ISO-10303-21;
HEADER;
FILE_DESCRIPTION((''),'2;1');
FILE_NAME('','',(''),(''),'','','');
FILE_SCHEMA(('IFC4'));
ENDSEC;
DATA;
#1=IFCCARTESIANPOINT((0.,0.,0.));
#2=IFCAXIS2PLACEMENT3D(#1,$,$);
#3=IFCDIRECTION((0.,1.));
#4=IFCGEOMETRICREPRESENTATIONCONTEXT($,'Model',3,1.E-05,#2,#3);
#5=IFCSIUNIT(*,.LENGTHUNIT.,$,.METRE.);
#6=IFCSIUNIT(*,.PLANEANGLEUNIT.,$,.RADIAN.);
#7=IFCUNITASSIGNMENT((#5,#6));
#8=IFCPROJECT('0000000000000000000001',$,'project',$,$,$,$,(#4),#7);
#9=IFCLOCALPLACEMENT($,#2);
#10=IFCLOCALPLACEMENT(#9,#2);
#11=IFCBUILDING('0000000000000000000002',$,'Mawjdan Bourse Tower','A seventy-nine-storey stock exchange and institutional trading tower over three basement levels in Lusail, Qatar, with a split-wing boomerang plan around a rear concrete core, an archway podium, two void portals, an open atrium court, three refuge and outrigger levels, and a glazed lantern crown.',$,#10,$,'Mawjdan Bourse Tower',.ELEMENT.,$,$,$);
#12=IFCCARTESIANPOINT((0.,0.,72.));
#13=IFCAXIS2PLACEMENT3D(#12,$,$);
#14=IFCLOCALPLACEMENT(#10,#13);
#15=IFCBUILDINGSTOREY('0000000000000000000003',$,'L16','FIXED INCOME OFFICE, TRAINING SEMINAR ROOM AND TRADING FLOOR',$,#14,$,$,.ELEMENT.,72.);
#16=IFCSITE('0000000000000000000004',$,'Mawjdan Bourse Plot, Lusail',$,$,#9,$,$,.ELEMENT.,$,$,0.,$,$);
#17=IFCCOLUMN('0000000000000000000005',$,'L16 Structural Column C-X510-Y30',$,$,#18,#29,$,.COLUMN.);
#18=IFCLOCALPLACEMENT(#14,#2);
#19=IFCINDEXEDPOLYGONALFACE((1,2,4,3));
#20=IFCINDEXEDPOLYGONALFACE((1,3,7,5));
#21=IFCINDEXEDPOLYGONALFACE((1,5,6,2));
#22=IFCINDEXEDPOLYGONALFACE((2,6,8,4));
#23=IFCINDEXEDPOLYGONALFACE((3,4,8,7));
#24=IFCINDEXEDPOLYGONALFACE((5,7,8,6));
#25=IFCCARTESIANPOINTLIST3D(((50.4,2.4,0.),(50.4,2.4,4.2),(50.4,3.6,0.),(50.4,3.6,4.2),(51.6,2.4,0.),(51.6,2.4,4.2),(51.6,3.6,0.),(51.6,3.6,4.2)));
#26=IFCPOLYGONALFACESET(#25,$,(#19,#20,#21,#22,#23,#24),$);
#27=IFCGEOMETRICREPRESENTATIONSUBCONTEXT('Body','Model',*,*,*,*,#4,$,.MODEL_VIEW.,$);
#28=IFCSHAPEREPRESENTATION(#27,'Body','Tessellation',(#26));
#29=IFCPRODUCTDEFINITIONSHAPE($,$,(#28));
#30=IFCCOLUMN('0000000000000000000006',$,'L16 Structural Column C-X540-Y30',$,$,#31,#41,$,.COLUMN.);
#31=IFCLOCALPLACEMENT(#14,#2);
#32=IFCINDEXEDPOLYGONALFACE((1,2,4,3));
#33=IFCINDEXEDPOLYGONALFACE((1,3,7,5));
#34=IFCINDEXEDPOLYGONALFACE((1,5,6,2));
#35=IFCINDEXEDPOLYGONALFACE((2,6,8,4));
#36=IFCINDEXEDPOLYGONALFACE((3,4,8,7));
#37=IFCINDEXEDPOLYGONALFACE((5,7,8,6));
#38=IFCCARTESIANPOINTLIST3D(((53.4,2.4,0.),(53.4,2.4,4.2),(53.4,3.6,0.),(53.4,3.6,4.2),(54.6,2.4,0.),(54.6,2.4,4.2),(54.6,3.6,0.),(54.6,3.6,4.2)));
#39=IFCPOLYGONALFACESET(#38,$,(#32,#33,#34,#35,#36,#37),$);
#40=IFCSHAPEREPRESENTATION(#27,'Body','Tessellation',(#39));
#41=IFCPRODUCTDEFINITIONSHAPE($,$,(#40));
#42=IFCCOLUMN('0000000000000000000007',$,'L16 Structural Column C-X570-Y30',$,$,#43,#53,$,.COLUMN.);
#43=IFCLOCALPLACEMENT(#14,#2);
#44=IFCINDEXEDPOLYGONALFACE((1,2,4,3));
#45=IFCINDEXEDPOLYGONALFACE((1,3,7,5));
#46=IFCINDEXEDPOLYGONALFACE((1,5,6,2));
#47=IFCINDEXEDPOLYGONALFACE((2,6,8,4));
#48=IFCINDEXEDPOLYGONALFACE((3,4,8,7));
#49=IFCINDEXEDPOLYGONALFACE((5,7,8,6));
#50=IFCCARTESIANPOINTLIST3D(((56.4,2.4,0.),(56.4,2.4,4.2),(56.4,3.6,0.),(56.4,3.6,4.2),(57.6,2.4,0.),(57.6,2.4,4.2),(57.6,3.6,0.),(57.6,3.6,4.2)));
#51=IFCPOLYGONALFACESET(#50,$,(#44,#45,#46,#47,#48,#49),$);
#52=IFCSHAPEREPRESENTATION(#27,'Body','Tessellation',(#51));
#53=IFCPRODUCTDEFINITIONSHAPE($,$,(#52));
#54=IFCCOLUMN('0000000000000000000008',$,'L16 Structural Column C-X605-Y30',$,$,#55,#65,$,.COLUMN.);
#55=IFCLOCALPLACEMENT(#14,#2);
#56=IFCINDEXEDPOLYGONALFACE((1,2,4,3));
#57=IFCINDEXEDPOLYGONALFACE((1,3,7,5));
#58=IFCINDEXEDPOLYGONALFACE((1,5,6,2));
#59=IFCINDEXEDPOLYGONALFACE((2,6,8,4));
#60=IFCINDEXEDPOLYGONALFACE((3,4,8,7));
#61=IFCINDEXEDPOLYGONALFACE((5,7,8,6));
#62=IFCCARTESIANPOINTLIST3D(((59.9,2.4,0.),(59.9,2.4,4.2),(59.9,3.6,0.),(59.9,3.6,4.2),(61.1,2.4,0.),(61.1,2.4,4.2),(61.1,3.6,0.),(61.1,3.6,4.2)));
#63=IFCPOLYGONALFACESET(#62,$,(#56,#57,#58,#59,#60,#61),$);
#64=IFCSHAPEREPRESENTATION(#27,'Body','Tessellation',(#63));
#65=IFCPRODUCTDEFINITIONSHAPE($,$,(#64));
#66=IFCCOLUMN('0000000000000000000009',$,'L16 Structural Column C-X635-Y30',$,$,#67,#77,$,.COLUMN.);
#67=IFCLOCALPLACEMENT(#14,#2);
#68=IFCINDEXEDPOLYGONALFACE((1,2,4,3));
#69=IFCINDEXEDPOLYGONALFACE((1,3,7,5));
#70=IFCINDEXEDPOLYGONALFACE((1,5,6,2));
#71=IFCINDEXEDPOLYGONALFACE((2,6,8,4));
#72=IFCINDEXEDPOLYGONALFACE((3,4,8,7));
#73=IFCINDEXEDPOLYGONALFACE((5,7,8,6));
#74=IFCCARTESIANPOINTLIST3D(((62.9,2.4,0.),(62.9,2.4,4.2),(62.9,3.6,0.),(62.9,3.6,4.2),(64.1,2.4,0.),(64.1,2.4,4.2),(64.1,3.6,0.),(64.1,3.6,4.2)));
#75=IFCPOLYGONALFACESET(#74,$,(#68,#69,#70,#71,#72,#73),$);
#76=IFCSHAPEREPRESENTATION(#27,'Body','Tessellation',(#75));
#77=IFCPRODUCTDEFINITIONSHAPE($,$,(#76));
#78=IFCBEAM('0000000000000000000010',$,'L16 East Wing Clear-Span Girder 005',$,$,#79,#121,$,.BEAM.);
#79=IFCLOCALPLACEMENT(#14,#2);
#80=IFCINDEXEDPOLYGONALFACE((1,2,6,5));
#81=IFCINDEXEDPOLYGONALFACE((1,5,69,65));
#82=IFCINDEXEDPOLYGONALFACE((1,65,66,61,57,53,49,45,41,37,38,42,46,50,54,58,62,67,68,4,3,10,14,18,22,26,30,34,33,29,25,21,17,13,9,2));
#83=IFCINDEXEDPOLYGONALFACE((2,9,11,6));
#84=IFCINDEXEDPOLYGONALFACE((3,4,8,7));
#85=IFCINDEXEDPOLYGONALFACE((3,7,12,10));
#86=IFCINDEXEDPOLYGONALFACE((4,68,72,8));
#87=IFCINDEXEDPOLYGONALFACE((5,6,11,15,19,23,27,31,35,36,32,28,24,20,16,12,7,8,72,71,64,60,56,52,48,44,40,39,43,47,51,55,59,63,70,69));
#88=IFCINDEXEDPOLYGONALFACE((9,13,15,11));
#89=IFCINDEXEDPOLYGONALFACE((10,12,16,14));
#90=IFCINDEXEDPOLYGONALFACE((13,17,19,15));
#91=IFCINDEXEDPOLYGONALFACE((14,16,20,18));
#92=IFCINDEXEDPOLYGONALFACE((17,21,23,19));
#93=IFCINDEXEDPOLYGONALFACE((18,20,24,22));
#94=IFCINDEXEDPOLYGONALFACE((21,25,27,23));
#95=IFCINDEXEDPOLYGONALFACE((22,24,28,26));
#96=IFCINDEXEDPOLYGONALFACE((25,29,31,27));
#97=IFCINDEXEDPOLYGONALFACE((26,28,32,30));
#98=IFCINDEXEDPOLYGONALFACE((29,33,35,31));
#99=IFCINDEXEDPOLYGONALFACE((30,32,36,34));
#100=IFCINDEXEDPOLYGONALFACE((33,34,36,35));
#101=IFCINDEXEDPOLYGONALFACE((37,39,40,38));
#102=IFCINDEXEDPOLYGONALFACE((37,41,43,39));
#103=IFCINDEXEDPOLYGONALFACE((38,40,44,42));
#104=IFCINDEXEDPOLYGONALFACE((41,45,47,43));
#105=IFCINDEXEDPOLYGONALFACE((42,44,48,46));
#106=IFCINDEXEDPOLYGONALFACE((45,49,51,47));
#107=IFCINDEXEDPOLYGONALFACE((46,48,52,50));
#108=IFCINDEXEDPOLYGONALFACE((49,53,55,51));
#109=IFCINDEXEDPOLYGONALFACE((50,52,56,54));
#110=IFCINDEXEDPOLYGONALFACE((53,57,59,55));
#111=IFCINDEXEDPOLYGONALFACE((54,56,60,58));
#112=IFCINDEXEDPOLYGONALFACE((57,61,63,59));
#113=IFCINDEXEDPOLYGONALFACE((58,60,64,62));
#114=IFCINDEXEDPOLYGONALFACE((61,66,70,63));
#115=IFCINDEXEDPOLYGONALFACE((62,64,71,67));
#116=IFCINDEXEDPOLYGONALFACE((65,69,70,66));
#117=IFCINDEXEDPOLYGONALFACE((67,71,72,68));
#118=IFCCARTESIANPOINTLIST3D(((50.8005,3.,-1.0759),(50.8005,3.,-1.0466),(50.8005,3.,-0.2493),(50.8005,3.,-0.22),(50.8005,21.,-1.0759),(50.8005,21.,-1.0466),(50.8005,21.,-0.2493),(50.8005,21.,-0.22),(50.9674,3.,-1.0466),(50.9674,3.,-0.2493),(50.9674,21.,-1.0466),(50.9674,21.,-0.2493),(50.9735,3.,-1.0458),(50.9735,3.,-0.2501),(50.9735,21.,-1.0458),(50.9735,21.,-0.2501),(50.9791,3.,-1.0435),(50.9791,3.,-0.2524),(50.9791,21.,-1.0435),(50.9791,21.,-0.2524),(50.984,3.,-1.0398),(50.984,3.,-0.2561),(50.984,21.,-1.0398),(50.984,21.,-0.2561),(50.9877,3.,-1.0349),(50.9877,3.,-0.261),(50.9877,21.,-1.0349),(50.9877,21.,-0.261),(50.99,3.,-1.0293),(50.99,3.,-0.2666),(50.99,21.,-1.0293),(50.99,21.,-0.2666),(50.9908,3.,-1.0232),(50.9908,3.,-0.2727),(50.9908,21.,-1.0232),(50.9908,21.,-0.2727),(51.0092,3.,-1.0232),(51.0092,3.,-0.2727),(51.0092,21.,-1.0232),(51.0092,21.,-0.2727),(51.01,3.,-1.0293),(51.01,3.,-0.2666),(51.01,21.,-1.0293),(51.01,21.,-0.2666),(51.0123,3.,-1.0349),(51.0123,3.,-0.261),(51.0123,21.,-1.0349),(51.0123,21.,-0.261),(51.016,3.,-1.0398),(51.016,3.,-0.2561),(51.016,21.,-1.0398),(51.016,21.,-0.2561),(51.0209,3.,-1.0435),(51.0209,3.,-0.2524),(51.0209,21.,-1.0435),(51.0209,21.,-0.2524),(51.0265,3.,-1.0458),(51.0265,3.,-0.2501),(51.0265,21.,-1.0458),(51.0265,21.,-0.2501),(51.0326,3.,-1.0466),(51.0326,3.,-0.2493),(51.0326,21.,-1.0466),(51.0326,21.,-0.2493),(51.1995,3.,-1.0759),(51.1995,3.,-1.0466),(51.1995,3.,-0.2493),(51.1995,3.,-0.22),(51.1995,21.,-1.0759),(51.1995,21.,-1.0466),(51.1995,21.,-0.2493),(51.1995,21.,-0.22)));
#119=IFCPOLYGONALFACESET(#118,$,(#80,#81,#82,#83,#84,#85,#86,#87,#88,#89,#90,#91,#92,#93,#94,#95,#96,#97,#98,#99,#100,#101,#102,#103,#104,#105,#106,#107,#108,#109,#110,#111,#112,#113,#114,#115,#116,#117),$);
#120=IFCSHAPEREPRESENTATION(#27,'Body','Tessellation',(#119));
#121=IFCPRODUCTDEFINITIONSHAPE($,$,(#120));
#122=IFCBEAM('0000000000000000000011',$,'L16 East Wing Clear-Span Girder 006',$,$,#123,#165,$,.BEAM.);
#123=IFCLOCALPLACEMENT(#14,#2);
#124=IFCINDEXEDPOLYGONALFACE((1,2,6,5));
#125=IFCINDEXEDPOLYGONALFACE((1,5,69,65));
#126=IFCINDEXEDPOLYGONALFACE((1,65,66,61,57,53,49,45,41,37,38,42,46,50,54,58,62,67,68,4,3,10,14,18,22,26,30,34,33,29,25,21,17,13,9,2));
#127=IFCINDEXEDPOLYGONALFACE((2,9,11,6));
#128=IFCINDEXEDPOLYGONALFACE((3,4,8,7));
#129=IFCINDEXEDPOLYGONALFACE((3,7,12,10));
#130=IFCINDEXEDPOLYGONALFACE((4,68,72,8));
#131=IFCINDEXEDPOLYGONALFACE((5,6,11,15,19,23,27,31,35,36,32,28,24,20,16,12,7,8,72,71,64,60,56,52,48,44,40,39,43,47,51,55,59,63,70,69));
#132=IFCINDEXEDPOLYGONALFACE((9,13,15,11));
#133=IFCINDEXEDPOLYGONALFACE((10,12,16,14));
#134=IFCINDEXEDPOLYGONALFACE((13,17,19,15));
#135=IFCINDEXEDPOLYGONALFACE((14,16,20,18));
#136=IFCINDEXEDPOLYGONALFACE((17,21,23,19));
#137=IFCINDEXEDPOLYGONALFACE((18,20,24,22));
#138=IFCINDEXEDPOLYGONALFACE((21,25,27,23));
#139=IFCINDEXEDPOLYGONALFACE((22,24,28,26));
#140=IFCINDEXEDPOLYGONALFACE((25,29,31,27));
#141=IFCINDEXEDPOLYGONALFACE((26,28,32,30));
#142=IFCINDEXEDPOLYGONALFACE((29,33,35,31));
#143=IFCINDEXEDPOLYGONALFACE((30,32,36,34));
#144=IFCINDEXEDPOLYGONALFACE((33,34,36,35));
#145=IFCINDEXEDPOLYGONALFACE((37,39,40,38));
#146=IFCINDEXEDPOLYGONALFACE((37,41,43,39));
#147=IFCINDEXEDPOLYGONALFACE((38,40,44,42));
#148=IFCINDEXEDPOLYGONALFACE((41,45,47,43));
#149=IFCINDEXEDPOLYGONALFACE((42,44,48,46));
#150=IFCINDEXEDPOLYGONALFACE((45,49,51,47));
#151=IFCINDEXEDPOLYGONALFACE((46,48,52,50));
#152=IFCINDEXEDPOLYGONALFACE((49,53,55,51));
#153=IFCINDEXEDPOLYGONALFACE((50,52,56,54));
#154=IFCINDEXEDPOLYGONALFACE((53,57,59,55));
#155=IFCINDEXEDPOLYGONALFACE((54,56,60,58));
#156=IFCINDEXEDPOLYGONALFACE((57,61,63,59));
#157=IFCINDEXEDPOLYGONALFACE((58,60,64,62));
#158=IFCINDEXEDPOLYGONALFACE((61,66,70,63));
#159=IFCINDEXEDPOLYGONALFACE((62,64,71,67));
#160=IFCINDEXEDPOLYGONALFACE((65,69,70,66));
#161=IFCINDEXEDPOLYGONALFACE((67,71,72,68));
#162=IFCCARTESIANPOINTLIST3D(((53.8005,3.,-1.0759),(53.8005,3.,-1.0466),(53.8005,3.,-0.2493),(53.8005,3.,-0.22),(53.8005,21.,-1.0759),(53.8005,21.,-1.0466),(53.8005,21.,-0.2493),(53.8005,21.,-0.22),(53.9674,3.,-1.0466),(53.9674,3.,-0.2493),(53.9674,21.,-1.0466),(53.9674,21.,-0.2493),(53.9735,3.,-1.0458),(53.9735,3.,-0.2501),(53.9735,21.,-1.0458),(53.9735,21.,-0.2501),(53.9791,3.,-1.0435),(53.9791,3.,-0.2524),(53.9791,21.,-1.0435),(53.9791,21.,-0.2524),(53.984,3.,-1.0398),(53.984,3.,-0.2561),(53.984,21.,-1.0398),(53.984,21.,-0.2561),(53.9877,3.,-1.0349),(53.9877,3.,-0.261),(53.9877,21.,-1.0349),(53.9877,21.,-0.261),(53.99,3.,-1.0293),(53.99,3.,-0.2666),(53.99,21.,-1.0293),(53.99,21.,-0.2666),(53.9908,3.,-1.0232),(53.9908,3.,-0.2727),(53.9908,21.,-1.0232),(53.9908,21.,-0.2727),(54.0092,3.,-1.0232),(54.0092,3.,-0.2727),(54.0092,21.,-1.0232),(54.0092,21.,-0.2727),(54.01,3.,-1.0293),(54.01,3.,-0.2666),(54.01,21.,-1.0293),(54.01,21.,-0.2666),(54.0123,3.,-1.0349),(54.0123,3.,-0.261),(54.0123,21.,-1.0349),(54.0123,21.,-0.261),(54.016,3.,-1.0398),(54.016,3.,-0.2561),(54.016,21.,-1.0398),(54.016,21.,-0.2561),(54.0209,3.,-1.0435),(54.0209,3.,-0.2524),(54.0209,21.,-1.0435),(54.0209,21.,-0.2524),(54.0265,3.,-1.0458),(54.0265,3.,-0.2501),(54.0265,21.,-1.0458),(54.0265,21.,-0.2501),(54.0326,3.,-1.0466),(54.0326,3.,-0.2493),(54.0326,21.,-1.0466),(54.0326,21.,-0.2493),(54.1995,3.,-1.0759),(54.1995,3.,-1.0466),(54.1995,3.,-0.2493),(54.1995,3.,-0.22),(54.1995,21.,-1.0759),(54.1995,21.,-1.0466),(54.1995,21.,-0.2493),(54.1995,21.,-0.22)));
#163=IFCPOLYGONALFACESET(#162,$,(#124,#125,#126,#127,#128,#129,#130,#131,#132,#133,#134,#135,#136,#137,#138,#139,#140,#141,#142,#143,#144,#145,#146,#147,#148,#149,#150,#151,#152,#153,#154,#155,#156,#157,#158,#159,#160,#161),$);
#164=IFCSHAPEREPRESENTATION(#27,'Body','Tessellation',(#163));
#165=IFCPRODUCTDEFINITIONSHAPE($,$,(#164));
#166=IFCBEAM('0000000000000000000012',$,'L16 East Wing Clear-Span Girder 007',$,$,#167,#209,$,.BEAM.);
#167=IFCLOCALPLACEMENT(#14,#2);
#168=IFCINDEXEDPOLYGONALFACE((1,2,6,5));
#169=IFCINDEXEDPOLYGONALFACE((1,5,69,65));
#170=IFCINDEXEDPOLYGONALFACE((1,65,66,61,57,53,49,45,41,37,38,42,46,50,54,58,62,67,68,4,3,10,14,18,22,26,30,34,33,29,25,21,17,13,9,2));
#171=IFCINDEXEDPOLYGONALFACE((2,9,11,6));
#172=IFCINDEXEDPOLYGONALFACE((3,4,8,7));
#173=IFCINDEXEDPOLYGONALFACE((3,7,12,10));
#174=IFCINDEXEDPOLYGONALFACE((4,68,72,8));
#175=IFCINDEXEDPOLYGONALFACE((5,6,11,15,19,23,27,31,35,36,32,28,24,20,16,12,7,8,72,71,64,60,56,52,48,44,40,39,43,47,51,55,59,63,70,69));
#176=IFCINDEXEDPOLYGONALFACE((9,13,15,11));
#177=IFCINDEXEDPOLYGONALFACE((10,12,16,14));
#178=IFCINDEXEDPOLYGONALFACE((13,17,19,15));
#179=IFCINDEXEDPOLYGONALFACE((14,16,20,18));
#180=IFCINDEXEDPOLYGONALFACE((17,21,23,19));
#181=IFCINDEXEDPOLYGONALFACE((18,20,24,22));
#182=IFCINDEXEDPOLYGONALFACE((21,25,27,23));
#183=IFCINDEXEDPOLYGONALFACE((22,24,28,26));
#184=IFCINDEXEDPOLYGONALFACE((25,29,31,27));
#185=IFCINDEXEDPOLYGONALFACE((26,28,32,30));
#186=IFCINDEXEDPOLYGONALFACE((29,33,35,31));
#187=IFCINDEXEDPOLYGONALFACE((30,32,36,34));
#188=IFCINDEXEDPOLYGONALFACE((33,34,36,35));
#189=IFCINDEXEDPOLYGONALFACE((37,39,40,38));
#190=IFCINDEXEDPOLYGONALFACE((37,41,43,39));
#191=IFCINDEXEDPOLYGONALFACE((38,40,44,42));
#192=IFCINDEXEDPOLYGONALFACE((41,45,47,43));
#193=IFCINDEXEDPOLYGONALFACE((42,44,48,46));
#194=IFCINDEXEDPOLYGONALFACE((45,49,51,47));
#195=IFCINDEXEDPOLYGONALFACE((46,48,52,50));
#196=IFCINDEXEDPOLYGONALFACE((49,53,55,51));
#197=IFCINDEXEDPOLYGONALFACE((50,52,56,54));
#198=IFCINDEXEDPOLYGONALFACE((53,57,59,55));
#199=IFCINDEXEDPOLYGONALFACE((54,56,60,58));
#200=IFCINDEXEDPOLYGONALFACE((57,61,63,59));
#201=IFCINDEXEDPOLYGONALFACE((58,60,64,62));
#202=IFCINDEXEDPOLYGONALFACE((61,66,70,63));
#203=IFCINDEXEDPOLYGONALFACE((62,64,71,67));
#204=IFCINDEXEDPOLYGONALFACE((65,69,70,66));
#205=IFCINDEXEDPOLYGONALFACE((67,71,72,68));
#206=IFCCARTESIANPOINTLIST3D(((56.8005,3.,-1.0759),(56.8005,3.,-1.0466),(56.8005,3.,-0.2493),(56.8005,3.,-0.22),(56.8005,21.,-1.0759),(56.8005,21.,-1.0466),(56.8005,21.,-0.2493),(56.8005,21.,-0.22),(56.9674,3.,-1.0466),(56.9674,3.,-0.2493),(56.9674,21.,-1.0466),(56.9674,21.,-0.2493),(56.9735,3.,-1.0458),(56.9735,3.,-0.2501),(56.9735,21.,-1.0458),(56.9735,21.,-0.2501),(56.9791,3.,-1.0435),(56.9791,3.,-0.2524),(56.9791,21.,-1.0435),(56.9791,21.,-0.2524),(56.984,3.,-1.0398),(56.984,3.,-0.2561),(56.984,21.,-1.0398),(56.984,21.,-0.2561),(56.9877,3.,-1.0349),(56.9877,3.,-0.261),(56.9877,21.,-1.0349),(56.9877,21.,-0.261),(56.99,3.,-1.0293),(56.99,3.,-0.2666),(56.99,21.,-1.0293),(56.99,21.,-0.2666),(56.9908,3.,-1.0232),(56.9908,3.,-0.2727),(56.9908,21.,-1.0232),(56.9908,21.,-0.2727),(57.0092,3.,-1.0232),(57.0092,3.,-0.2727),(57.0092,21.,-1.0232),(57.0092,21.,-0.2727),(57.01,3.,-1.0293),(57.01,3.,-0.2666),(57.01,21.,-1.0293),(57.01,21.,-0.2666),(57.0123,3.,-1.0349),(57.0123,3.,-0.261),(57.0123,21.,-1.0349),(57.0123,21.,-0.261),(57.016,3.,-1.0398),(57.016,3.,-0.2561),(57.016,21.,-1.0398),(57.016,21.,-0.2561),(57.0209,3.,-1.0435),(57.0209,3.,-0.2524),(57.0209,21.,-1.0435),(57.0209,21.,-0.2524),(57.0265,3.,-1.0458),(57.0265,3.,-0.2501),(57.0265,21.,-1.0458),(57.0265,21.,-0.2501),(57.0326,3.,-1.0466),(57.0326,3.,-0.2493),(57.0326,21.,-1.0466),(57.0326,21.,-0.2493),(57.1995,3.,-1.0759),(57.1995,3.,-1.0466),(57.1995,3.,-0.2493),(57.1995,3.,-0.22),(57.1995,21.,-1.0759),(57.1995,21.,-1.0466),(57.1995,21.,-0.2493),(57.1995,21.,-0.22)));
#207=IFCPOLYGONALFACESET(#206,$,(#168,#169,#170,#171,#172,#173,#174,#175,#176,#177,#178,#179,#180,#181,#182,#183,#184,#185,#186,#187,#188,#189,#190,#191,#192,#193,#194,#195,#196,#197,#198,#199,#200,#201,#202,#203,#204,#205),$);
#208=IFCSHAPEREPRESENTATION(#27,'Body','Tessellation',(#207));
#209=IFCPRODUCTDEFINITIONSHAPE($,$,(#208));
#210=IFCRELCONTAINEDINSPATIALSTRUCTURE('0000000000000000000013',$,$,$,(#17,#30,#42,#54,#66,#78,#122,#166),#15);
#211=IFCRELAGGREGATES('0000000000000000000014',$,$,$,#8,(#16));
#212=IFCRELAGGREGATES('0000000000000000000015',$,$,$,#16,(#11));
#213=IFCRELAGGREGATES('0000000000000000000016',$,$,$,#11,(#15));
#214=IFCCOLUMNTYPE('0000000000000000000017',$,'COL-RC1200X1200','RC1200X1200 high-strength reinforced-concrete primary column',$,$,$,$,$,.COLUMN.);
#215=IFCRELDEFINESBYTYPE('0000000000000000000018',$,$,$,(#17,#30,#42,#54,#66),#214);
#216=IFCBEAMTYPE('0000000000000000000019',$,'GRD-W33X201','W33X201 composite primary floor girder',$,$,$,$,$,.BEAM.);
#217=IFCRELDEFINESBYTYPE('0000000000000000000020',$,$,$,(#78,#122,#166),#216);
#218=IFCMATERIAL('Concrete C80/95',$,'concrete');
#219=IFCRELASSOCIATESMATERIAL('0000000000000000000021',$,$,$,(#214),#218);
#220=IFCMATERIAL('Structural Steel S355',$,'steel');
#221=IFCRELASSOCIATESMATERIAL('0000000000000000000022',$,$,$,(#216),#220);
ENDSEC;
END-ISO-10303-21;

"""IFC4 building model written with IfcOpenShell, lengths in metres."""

from ifc_helpers import new_model, si_unit, direction, frame, origin, origin_2d, place, context, subcontext, project, spatial, rectangle, i_section, extrude, material, material_profile, profile_set, type_object, element, save


model = new_model("IFC4")

# Units and contexts
model_context = context("Model", 3, precision=1e-05, world=origin(), true_north=direction((0.0, 1.0)))
body_context = subcontext(model_context, "Body", "Model", "MODEL_VIEW")
ifc_project = project(units=[si_unit("LENGTHUNIT", "METRE"), si_unit("PLANEANGLEUNIT", "RADIAN")], contexts=[model_context])

# Site, building, storey
site_placement = place(None, origin())
site = spatial("IfcSite", under=ifc_project, at=site_placement, Name="Mawjdan Bourse Plot, Lusail", CompositionType="ELEMENT", RefElevation=0.0)
building_placement = place(site_placement, origin())
building = spatial("IfcBuilding", under=site, at=building_placement, Name="Mawjdan Bourse Tower", Description="A seventy-nine-storey stock exchange and institutional trading tower over three basement levels in Lusail, Qatar, with a split-wing boomerang plan around a rear concrete core, an archway podium, two void portals, an open atrium court, three refuge and outrigger levels, and a glazed lantern crown.", LongName="Mawjdan Bourse Tower", CompositionType="ELEMENT")
storey_placement = place(building_placement, frame((0.0, 0.0, 72.0)))
storey = spatial("IfcBuildingStorey", under=building, at=storey_placement, Name="L16", Description="FIXED INCOME OFFICE, TRAINING SEMINAR ROOM AND TRADING FLOOR", CompositionType="ELEMENT", Elevation=72.0)

# Columns
ifc_material_1 = material(Name="Concrete C80/95", Category="concrete")
ifc_material_profile_1 = material_profile(ifc_material_1, rectangle(XDim=1.2, YDim=1.2, at=origin_2d()), Name="RC1200X1200")
ifc_profile_set_1 = profile_set([ifc_material_profile_1], Name="Concrete C80/95")
column_type = type_object("IfcColumnType", Name="COL-RC1200X1200", Description="RC1200X1200 high-strength reinforced-concrete primary column", PredefinedType="COLUMN", material=ifc_profile_set_1)
for number, where, z_axis, x_axis, name in (
    (1, (51.0, 3.0, 0.0), (0.0, 0.0, 1.0), (1.0, 0.0, 0.0), "L16 Structural Column C-X510-Y30"),
    (2, (54.0, 3.0, 0.0), (0.0, 0.0, 1.0), (1.0, 0.0, 0.0), "L16 Structural Column C-X540-Y30"),
    (3, (57.0, 3.0, 0.0), (0.0, 0.0, 1.0), (1.0, 0.0, 0.0), "L16 Structural Column C-X570-Y30"),
    (4, (60.5, 3.0, 0.0), (0.0, 0.0, 1.0), (1.0, 0.0, 0.0), "L16 Structural Column C-X605-Y30"),
    (5, (63.5, 3.0, 0.0), (0.0, 0.0, 1.0), (1.0, 0.0, 0.0), "L16 Structural Column C-X635-Y30"),
):
    element("IfcColumn", number, at=place(storey_placement, frame(where, z_axis=z_axis, x_axis=x_axis)), inside=storey, type_object=column_type, Name=name, PredefinedType="COLUMN", context=body_context, shape_type="SweptSolid", body=[
        extrude(rectangle(XDim=1.2, YDim=1.2, at=origin_2d()), origin(), (0.0, 0.0, 1.0), 4.2),
    ])

# Beams
ifc_material_2 = material(Name="Structural Steel S355", Category="steel")
ifc_material_profile_2 = material_profile(ifc_material_2, i_section(OverallWidth=0.3989, OverallDepth=0.856, WebThickness=0.0183, FlangeThickness=0.0293, FilletRadius=0.0234, at=origin_2d()), Name="W33X201")
ifc_profile_set_2 = profile_set([ifc_material_profile_2], Name="Structural Steel S355")
beam_type_1 = type_object("IfcBeamType", Name="GRD-W33X201", Description="W33X201 composite primary floor girder", PredefinedType="BEAM", material=ifc_profile_set_2)
for number, where, z_axis, x_axis, name in (
    (6, (51.0, 3.0, -0.6479), (0.0, 1.0, 0.0), (-1.0, 0.0, 0.0), "L16 East Wing Clear-Span Girder 005"),
    (7, (54.0, 3.0, -0.6479), (0.0, 1.0, 0.0), (-1.0, 0.0, 0.0), "L16 East Wing Clear-Span Girder 006"),
    (8, (57.0, 3.0, -0.6479), (0.0, 1.0, 0.0), (-1.0, 0.0, 0.0), "L16 East Wing Clear-Span Girder 007"),
):
    element("IfcBeam", number, at=place(storey_placement, frame(where, z_axis=z_axis, x_axis=x_axis)), inside=storey, type_object=beam_type_1, Name=name, PredefinedType="BEAM", context=body_context, shape_type="SweptSolid", body=[
        extrude(i_section(OverallWidth=0.3989, OverallDepth=0.856, WebThickness=0.0183, FlangeThickness=0.0293, FilletRadius=0.0234, at=origin_2d()), origin(), (0.0, 0.0, 1.0), 18.0),
    ])

save(model, "model.ifc")
